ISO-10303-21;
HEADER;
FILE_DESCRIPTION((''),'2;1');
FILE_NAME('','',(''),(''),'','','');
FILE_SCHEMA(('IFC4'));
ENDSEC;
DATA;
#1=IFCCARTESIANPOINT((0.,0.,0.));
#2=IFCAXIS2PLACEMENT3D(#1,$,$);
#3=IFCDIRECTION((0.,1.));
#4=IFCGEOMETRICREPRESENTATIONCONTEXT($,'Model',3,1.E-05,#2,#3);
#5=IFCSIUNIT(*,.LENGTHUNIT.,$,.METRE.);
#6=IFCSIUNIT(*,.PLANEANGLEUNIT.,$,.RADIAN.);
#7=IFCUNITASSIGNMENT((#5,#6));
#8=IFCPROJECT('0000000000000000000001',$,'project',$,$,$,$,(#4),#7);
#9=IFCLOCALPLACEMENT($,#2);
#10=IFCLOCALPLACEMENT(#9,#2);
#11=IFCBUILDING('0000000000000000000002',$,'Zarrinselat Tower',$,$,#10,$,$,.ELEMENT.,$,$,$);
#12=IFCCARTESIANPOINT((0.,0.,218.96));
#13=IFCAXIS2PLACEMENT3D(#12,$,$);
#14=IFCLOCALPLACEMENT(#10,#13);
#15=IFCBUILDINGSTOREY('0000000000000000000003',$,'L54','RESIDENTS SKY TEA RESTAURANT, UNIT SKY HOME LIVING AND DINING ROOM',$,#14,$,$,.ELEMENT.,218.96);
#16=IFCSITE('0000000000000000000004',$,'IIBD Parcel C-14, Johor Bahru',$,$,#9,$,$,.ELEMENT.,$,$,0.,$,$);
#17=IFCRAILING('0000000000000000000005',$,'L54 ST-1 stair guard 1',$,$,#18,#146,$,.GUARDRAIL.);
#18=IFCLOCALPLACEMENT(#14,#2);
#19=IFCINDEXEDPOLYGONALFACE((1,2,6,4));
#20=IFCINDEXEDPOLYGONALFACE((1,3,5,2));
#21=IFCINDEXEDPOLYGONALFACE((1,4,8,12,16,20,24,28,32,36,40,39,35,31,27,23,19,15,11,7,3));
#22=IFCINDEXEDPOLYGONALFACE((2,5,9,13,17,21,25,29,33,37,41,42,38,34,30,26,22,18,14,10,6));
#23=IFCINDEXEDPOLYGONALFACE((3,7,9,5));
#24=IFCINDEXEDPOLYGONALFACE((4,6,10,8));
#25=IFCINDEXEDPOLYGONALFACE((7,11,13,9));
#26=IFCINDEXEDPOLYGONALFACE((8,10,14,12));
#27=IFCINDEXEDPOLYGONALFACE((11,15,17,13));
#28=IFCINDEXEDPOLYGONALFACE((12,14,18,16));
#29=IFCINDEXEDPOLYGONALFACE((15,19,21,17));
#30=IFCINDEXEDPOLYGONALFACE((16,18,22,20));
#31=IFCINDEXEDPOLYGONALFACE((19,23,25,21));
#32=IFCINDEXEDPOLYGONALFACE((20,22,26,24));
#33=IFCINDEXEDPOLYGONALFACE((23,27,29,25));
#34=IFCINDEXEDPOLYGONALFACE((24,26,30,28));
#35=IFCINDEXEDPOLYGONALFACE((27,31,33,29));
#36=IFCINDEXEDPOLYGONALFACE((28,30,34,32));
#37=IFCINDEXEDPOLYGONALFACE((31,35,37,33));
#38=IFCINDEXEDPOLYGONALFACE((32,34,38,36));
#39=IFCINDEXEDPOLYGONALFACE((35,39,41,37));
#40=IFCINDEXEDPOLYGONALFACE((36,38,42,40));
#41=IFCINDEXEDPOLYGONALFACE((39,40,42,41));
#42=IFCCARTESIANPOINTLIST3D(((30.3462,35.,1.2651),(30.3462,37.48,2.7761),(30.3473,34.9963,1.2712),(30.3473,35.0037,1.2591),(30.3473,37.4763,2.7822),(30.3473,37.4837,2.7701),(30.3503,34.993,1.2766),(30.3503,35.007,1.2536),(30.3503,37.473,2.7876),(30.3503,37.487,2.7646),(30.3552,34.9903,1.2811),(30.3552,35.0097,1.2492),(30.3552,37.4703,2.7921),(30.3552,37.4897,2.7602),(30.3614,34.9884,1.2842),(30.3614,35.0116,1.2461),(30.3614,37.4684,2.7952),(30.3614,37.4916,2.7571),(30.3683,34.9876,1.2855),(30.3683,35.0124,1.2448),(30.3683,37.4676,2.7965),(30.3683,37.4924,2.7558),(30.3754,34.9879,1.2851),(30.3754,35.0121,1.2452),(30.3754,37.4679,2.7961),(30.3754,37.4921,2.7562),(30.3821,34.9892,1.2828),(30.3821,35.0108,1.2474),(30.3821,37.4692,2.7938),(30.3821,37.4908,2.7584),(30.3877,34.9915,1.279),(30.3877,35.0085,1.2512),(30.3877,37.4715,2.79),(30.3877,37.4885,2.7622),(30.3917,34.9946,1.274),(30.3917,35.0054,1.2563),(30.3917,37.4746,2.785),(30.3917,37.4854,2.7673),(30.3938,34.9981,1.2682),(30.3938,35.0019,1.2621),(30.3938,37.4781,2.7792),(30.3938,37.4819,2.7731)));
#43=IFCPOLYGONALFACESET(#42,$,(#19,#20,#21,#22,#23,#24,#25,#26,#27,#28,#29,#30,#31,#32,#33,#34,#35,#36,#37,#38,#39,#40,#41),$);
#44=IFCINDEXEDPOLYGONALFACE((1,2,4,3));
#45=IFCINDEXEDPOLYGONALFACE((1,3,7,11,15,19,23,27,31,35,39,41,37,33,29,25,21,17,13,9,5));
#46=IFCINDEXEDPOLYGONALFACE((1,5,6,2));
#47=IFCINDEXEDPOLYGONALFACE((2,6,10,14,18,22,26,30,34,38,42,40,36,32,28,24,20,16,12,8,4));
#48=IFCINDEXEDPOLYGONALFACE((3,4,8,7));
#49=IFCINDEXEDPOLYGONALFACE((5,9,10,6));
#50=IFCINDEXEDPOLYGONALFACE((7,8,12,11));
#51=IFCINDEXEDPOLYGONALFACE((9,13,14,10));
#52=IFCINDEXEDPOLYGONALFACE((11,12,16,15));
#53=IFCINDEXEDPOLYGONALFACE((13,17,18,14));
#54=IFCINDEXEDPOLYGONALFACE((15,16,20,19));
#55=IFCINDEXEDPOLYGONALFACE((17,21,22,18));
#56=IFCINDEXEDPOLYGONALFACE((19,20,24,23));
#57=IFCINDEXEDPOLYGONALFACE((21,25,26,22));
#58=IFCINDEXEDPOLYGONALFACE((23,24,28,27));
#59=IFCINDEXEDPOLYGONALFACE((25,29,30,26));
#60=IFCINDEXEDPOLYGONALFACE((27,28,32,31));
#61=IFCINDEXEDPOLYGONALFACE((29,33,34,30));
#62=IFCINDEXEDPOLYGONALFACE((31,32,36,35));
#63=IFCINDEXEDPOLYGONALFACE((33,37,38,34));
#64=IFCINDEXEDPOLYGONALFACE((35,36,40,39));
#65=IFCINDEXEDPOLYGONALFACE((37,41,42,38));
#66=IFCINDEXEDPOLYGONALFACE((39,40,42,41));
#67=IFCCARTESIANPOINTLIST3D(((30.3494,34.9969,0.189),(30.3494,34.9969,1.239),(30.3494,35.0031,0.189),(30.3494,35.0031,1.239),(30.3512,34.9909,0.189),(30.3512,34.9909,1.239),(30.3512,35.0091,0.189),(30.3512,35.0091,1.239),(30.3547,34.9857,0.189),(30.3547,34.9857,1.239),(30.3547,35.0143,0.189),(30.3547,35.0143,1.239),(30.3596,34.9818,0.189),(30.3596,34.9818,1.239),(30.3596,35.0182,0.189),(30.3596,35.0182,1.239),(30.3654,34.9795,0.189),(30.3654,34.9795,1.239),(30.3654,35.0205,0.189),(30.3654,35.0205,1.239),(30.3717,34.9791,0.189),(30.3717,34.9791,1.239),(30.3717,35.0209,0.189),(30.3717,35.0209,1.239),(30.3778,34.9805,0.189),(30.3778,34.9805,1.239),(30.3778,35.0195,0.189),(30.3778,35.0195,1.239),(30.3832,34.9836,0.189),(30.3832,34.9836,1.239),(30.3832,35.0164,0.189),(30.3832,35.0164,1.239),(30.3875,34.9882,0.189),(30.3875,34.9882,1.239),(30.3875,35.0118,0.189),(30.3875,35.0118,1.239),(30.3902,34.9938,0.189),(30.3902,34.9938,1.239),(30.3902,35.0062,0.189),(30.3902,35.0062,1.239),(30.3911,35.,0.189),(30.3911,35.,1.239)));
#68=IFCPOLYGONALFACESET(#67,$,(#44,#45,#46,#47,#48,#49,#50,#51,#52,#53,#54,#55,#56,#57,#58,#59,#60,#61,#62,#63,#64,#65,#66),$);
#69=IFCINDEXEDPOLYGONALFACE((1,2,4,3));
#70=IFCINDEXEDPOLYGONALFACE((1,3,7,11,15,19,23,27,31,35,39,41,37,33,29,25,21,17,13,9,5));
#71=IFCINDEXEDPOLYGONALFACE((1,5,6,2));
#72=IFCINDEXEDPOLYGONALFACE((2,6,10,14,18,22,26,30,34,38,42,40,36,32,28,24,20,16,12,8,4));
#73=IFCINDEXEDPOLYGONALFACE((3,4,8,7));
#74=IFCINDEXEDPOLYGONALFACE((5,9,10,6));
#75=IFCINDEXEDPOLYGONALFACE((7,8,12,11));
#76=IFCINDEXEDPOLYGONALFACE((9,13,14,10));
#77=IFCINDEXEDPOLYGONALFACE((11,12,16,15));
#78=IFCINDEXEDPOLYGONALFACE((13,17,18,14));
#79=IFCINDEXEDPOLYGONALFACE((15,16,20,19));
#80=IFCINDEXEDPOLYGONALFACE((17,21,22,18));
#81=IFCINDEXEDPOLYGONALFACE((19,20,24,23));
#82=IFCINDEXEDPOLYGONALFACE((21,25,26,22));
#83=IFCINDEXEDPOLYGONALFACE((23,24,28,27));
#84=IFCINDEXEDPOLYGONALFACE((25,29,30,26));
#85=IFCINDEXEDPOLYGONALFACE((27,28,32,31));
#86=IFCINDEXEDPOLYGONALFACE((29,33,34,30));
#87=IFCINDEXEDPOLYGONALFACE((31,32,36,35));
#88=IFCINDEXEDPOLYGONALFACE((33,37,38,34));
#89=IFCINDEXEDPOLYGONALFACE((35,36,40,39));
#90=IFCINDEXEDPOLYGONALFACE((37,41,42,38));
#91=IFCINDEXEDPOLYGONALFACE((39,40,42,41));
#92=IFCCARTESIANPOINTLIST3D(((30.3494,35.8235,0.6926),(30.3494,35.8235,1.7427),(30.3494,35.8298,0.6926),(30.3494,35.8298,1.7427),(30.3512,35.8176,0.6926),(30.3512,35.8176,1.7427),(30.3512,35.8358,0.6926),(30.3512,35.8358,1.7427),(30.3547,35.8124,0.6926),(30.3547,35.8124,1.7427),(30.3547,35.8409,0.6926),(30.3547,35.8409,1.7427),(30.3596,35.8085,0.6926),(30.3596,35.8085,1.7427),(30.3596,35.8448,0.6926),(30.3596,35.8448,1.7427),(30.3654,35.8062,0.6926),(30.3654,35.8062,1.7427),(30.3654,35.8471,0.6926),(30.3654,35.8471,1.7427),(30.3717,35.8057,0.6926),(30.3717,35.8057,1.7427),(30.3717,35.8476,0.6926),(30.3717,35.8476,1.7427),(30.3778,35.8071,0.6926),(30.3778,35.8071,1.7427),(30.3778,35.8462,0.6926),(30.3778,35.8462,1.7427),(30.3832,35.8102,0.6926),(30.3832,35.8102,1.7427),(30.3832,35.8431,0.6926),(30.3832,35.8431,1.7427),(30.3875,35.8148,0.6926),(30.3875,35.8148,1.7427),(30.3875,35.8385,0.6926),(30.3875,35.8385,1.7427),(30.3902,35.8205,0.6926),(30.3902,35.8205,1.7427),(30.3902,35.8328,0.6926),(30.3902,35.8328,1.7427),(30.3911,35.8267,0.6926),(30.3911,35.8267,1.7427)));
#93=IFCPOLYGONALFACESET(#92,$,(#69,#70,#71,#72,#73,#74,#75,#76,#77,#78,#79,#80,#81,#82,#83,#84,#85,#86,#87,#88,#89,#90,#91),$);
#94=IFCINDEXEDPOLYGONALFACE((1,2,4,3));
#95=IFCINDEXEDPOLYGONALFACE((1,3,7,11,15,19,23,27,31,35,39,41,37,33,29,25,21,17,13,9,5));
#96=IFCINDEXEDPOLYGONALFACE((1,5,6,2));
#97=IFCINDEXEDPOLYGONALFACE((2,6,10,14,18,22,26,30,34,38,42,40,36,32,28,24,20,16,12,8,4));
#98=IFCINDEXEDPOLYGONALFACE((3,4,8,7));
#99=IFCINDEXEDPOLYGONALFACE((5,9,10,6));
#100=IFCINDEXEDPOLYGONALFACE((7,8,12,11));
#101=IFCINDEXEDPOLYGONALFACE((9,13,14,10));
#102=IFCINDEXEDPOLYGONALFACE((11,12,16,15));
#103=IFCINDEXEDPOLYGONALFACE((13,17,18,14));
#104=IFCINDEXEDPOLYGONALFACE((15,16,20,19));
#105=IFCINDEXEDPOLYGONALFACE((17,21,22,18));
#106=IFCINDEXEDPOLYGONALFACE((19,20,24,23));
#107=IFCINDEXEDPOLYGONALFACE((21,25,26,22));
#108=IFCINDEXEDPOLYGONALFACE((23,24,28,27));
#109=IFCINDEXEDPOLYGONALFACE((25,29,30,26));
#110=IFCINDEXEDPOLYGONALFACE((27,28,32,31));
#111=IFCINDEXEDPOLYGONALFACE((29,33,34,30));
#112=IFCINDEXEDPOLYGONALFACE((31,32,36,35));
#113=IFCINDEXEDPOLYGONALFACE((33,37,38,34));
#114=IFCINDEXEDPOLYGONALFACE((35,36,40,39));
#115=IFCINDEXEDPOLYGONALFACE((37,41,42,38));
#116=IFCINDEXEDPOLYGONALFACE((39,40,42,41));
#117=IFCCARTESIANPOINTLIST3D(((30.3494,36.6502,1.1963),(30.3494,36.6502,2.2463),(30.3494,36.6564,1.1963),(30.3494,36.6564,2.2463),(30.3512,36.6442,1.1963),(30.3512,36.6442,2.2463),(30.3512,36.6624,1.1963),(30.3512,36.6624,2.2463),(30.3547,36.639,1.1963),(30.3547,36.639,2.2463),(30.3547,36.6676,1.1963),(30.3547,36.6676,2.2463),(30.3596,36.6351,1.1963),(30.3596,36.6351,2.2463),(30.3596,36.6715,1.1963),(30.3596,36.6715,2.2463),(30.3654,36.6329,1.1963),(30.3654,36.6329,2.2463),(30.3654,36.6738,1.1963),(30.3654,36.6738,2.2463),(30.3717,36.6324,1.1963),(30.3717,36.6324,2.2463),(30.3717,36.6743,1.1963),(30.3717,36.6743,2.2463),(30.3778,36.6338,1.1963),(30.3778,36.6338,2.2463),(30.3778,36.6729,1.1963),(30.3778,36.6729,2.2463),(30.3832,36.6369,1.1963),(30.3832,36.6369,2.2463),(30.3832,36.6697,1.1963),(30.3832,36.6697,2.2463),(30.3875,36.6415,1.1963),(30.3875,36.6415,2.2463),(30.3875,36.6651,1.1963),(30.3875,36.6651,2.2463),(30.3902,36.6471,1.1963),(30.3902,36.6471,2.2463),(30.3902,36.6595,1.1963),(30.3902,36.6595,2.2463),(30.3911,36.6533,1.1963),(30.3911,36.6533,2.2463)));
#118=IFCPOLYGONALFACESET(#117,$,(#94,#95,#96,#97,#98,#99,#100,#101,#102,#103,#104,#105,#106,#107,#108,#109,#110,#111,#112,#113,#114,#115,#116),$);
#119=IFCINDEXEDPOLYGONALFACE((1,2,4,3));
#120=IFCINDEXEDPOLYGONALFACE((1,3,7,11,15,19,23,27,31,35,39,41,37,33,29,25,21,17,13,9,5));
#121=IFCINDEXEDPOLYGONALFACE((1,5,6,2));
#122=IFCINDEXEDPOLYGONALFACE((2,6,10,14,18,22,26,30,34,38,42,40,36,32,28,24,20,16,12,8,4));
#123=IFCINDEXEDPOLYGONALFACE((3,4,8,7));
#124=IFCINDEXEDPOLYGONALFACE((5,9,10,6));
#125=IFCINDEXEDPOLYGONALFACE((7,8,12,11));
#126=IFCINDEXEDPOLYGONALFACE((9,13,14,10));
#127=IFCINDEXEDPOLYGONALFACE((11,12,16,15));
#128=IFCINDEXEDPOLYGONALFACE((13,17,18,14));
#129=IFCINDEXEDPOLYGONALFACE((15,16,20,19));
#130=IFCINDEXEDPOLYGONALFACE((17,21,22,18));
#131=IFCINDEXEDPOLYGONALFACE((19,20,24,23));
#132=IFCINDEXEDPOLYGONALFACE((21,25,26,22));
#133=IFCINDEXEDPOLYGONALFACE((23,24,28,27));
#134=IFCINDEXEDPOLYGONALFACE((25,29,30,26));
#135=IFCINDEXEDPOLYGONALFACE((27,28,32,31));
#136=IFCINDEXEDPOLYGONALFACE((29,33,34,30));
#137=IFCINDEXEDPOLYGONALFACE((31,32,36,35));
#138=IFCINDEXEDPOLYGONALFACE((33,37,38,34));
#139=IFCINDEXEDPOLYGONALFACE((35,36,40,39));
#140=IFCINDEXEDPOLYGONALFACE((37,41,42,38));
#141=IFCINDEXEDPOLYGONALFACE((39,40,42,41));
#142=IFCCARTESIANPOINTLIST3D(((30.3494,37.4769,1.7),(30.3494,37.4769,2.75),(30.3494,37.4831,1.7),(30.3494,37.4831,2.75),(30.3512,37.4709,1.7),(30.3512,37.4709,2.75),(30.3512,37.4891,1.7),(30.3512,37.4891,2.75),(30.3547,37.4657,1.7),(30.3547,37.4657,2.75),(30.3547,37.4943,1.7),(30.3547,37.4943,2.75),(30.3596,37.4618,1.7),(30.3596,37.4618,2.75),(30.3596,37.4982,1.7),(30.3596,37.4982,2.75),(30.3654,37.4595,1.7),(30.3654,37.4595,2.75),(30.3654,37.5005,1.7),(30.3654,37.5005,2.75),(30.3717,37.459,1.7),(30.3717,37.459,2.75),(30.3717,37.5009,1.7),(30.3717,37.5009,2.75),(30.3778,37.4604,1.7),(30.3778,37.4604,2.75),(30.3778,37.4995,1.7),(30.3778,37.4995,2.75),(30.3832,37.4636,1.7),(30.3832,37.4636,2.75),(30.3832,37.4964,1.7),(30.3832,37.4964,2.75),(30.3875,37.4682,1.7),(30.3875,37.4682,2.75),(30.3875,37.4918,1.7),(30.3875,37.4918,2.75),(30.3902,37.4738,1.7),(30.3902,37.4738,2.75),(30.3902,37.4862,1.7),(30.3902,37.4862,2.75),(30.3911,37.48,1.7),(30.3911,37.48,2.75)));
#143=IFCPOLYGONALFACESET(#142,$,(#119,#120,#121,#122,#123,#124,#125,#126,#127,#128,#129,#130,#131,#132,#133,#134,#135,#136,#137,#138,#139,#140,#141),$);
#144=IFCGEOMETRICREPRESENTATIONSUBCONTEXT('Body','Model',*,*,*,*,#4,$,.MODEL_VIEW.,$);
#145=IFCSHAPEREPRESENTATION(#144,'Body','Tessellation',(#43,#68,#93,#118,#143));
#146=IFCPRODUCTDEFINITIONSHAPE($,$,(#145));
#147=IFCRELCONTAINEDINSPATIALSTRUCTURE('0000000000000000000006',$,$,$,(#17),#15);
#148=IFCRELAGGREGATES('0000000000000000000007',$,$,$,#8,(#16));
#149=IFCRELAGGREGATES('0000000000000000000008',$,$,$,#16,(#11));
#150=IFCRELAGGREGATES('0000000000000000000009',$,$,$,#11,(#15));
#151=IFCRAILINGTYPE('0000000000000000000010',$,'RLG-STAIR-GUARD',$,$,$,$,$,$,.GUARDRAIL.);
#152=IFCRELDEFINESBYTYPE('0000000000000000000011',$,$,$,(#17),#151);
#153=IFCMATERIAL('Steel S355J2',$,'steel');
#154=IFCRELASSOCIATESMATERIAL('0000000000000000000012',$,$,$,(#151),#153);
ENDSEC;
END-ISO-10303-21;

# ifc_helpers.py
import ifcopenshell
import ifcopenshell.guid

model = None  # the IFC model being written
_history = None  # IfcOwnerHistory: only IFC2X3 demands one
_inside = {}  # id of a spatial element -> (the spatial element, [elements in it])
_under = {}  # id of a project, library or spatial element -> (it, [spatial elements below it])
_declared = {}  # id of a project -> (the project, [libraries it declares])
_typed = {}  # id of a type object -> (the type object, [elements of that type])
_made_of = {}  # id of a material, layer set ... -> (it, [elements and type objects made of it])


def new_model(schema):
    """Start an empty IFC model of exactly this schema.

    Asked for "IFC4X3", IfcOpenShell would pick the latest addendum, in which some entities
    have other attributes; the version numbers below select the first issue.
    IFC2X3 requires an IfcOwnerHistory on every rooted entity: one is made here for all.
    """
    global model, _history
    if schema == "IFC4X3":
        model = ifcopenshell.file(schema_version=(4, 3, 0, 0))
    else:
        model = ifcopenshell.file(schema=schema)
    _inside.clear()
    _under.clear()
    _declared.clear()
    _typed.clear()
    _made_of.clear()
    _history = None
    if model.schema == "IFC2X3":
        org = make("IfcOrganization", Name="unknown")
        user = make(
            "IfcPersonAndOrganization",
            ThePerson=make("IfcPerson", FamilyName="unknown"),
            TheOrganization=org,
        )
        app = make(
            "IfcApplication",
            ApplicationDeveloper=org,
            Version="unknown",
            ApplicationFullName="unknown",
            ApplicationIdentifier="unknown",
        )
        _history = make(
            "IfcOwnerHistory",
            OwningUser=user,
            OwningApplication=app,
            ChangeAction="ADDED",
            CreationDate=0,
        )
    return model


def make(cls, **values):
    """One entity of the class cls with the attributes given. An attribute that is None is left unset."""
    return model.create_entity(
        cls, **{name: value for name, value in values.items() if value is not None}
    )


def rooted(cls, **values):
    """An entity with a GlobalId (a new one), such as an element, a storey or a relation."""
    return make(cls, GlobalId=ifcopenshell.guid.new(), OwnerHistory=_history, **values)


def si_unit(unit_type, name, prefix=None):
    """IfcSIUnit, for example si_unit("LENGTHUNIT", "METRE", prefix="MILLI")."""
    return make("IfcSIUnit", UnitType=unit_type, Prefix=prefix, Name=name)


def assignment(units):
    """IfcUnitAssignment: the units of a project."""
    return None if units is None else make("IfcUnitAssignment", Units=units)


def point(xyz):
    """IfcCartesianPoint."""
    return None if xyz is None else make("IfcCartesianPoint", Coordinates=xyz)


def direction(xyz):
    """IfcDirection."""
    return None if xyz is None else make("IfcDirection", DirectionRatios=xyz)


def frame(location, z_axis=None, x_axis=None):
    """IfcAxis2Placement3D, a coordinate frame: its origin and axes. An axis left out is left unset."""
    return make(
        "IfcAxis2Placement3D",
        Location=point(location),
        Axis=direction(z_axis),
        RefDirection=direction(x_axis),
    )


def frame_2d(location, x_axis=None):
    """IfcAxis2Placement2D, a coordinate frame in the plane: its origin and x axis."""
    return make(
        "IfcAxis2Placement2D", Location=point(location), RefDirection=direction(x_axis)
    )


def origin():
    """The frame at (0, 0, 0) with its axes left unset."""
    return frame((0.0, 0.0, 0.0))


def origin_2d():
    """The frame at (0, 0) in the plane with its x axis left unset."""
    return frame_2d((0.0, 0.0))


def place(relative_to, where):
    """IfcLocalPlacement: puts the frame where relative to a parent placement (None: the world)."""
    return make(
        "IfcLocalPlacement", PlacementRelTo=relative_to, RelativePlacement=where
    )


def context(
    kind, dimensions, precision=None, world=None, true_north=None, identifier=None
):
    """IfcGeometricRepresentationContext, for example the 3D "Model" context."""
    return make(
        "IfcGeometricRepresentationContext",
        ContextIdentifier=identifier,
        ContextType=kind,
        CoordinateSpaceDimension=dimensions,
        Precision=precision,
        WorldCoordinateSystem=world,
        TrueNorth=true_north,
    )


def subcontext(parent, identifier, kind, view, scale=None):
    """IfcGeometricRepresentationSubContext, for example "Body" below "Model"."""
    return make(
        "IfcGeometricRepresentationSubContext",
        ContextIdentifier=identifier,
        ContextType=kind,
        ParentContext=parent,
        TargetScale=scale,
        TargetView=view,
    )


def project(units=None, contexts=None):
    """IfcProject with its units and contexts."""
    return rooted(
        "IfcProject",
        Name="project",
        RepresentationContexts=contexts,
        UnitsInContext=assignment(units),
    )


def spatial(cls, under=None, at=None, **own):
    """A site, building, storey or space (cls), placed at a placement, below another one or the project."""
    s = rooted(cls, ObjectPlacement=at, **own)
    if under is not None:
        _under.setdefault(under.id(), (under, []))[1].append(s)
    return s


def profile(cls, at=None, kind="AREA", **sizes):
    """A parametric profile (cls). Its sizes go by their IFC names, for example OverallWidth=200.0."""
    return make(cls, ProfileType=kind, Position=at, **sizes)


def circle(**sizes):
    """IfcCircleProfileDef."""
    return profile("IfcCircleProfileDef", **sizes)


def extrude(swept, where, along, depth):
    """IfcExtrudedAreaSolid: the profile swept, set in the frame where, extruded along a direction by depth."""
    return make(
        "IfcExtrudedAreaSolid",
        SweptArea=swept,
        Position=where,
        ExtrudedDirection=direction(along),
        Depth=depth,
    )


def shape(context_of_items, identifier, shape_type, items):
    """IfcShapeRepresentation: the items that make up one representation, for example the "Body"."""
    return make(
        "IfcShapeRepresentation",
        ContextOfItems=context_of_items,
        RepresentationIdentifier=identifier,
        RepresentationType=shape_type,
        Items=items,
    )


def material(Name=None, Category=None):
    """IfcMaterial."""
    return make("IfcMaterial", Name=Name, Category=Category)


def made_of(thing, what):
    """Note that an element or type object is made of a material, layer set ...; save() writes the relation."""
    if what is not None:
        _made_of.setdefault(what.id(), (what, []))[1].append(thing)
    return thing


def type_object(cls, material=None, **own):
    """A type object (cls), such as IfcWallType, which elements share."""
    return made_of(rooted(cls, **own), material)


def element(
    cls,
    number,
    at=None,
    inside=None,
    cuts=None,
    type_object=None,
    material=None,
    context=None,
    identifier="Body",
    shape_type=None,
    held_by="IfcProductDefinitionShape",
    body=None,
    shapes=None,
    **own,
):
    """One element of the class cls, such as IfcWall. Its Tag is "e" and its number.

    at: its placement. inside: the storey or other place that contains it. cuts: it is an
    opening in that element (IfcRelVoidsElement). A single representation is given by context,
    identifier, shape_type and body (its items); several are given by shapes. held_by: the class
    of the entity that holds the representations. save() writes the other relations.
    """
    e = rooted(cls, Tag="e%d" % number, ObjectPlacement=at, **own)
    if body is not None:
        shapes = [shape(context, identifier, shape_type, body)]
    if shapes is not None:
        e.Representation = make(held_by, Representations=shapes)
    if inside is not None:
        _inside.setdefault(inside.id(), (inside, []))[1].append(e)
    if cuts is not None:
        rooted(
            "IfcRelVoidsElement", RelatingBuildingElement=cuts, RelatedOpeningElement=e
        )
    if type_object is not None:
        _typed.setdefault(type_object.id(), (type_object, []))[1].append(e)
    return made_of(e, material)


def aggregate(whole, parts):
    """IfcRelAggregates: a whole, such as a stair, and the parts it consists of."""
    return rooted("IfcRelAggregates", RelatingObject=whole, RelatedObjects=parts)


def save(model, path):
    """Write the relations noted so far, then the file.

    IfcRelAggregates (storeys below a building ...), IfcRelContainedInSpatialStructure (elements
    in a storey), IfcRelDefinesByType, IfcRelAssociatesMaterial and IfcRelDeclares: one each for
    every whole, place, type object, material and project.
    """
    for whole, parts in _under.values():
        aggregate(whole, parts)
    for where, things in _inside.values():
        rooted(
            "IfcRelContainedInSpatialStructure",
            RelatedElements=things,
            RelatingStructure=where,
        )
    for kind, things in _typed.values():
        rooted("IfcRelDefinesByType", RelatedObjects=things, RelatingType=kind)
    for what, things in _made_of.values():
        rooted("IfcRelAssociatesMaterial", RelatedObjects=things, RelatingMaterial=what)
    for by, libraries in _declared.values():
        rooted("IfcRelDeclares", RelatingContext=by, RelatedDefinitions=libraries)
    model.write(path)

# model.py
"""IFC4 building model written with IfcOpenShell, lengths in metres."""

from ifc_helpers import new_model, si_unit, direction, frame, origin, origin_2d, place, context, subcontext, project, spatial, circle, extrude, material, type_object, element, save


model = new_model("IFC4")

# Units and contexts
model_context = context("Model", 3, precision=1e-05, world=origin(), true_north=direction((0.0, 1.0)))
body_context = subcontext(model_context, "Body", "Model", "MODEL_VIEW")
ifc_project = project(units=[si_unit("LENGTHUNIT", "METRE"), si_unit("PLANEANGLEUNIT", "RADIAN")], contexts=[model_context])

# Site, building, storey
site_placement = place(None, origin())
site = spatial("IfcSite", under=ifc_project, at=site_placement, Name="IIBD Parcel C-14, Johor Bahru", CompositionType="ELEMENT", RefElevation=0.0)
building_placement = place(site_placement, origin())
building = spatial("IfcBuilding", under=site, at=building_placement, Name="Zarrinselat Tower", CompositionType="ELEMENT")
storey_placement = place(building_placement, frame((0.0, 0.0, 218.96)))
storey = spatial("IfcBuildingStorey", under=building, at=storey_placement, Name="L54", Description="RESIDENTS SKY TEA RESTAURANT, UNIT SKY HOME LIVING AND DINING ROOM", CompositionType="ELEMENT", Elevation=218.96)

# Railing
ifc_material_1 = material(Name="Steel S355J2", Category="steel")
railing_type_1 = type_object("IfcRailingType", Name="RLG-STAIR-GUARD", PredefinedType="GUARDRAIL", material=ifc_material_1)
railing_1_placement = place(storey_placement, frame((30.3701, 35.0, 0.189)))
element("IfcRailing", 1, at=railing_1_placement, inside=storey, type_object=railing_type_1, Name="L54 ST-1 stair guard 1", PredefinedType="GUARDRAIL", context=body_context, shape_type="SweptSolid", body=[
    extrude(circle(Radius=0.0239, at=origin_2d()), frame((0.0, 0.0, 1.0762), z_axis=(0.0, 0.853979, 0.520307), x_axis=(-1.0, 0.0, 0.0)), (0.0, 0.0, 1.0), 2.9041),
    extrude(circle(Radius=0.021, at=origin_2d()), origin(), (0.0, 0.0, 1.0), 1.05),
    extrude(circle(Radius=0.021, at=origin_2d()), frame((0.0, 0.8267, 0.5037)), (0.0, 0.0, 1.0), 1.05),
    extrude(circle(Radius=0.021, at=origin_2d()), frame((0.0, 1.6533, 1.0073)), (0.0, 0.0, 1.0), 1.05),
    extrude(circle(Radius=0.021, at=origin_2d()), frame((0.0, 2.48, 1.511)), (0.0, 0.0, 1.0), 1.05),
])

save(model, "model.ifc")
